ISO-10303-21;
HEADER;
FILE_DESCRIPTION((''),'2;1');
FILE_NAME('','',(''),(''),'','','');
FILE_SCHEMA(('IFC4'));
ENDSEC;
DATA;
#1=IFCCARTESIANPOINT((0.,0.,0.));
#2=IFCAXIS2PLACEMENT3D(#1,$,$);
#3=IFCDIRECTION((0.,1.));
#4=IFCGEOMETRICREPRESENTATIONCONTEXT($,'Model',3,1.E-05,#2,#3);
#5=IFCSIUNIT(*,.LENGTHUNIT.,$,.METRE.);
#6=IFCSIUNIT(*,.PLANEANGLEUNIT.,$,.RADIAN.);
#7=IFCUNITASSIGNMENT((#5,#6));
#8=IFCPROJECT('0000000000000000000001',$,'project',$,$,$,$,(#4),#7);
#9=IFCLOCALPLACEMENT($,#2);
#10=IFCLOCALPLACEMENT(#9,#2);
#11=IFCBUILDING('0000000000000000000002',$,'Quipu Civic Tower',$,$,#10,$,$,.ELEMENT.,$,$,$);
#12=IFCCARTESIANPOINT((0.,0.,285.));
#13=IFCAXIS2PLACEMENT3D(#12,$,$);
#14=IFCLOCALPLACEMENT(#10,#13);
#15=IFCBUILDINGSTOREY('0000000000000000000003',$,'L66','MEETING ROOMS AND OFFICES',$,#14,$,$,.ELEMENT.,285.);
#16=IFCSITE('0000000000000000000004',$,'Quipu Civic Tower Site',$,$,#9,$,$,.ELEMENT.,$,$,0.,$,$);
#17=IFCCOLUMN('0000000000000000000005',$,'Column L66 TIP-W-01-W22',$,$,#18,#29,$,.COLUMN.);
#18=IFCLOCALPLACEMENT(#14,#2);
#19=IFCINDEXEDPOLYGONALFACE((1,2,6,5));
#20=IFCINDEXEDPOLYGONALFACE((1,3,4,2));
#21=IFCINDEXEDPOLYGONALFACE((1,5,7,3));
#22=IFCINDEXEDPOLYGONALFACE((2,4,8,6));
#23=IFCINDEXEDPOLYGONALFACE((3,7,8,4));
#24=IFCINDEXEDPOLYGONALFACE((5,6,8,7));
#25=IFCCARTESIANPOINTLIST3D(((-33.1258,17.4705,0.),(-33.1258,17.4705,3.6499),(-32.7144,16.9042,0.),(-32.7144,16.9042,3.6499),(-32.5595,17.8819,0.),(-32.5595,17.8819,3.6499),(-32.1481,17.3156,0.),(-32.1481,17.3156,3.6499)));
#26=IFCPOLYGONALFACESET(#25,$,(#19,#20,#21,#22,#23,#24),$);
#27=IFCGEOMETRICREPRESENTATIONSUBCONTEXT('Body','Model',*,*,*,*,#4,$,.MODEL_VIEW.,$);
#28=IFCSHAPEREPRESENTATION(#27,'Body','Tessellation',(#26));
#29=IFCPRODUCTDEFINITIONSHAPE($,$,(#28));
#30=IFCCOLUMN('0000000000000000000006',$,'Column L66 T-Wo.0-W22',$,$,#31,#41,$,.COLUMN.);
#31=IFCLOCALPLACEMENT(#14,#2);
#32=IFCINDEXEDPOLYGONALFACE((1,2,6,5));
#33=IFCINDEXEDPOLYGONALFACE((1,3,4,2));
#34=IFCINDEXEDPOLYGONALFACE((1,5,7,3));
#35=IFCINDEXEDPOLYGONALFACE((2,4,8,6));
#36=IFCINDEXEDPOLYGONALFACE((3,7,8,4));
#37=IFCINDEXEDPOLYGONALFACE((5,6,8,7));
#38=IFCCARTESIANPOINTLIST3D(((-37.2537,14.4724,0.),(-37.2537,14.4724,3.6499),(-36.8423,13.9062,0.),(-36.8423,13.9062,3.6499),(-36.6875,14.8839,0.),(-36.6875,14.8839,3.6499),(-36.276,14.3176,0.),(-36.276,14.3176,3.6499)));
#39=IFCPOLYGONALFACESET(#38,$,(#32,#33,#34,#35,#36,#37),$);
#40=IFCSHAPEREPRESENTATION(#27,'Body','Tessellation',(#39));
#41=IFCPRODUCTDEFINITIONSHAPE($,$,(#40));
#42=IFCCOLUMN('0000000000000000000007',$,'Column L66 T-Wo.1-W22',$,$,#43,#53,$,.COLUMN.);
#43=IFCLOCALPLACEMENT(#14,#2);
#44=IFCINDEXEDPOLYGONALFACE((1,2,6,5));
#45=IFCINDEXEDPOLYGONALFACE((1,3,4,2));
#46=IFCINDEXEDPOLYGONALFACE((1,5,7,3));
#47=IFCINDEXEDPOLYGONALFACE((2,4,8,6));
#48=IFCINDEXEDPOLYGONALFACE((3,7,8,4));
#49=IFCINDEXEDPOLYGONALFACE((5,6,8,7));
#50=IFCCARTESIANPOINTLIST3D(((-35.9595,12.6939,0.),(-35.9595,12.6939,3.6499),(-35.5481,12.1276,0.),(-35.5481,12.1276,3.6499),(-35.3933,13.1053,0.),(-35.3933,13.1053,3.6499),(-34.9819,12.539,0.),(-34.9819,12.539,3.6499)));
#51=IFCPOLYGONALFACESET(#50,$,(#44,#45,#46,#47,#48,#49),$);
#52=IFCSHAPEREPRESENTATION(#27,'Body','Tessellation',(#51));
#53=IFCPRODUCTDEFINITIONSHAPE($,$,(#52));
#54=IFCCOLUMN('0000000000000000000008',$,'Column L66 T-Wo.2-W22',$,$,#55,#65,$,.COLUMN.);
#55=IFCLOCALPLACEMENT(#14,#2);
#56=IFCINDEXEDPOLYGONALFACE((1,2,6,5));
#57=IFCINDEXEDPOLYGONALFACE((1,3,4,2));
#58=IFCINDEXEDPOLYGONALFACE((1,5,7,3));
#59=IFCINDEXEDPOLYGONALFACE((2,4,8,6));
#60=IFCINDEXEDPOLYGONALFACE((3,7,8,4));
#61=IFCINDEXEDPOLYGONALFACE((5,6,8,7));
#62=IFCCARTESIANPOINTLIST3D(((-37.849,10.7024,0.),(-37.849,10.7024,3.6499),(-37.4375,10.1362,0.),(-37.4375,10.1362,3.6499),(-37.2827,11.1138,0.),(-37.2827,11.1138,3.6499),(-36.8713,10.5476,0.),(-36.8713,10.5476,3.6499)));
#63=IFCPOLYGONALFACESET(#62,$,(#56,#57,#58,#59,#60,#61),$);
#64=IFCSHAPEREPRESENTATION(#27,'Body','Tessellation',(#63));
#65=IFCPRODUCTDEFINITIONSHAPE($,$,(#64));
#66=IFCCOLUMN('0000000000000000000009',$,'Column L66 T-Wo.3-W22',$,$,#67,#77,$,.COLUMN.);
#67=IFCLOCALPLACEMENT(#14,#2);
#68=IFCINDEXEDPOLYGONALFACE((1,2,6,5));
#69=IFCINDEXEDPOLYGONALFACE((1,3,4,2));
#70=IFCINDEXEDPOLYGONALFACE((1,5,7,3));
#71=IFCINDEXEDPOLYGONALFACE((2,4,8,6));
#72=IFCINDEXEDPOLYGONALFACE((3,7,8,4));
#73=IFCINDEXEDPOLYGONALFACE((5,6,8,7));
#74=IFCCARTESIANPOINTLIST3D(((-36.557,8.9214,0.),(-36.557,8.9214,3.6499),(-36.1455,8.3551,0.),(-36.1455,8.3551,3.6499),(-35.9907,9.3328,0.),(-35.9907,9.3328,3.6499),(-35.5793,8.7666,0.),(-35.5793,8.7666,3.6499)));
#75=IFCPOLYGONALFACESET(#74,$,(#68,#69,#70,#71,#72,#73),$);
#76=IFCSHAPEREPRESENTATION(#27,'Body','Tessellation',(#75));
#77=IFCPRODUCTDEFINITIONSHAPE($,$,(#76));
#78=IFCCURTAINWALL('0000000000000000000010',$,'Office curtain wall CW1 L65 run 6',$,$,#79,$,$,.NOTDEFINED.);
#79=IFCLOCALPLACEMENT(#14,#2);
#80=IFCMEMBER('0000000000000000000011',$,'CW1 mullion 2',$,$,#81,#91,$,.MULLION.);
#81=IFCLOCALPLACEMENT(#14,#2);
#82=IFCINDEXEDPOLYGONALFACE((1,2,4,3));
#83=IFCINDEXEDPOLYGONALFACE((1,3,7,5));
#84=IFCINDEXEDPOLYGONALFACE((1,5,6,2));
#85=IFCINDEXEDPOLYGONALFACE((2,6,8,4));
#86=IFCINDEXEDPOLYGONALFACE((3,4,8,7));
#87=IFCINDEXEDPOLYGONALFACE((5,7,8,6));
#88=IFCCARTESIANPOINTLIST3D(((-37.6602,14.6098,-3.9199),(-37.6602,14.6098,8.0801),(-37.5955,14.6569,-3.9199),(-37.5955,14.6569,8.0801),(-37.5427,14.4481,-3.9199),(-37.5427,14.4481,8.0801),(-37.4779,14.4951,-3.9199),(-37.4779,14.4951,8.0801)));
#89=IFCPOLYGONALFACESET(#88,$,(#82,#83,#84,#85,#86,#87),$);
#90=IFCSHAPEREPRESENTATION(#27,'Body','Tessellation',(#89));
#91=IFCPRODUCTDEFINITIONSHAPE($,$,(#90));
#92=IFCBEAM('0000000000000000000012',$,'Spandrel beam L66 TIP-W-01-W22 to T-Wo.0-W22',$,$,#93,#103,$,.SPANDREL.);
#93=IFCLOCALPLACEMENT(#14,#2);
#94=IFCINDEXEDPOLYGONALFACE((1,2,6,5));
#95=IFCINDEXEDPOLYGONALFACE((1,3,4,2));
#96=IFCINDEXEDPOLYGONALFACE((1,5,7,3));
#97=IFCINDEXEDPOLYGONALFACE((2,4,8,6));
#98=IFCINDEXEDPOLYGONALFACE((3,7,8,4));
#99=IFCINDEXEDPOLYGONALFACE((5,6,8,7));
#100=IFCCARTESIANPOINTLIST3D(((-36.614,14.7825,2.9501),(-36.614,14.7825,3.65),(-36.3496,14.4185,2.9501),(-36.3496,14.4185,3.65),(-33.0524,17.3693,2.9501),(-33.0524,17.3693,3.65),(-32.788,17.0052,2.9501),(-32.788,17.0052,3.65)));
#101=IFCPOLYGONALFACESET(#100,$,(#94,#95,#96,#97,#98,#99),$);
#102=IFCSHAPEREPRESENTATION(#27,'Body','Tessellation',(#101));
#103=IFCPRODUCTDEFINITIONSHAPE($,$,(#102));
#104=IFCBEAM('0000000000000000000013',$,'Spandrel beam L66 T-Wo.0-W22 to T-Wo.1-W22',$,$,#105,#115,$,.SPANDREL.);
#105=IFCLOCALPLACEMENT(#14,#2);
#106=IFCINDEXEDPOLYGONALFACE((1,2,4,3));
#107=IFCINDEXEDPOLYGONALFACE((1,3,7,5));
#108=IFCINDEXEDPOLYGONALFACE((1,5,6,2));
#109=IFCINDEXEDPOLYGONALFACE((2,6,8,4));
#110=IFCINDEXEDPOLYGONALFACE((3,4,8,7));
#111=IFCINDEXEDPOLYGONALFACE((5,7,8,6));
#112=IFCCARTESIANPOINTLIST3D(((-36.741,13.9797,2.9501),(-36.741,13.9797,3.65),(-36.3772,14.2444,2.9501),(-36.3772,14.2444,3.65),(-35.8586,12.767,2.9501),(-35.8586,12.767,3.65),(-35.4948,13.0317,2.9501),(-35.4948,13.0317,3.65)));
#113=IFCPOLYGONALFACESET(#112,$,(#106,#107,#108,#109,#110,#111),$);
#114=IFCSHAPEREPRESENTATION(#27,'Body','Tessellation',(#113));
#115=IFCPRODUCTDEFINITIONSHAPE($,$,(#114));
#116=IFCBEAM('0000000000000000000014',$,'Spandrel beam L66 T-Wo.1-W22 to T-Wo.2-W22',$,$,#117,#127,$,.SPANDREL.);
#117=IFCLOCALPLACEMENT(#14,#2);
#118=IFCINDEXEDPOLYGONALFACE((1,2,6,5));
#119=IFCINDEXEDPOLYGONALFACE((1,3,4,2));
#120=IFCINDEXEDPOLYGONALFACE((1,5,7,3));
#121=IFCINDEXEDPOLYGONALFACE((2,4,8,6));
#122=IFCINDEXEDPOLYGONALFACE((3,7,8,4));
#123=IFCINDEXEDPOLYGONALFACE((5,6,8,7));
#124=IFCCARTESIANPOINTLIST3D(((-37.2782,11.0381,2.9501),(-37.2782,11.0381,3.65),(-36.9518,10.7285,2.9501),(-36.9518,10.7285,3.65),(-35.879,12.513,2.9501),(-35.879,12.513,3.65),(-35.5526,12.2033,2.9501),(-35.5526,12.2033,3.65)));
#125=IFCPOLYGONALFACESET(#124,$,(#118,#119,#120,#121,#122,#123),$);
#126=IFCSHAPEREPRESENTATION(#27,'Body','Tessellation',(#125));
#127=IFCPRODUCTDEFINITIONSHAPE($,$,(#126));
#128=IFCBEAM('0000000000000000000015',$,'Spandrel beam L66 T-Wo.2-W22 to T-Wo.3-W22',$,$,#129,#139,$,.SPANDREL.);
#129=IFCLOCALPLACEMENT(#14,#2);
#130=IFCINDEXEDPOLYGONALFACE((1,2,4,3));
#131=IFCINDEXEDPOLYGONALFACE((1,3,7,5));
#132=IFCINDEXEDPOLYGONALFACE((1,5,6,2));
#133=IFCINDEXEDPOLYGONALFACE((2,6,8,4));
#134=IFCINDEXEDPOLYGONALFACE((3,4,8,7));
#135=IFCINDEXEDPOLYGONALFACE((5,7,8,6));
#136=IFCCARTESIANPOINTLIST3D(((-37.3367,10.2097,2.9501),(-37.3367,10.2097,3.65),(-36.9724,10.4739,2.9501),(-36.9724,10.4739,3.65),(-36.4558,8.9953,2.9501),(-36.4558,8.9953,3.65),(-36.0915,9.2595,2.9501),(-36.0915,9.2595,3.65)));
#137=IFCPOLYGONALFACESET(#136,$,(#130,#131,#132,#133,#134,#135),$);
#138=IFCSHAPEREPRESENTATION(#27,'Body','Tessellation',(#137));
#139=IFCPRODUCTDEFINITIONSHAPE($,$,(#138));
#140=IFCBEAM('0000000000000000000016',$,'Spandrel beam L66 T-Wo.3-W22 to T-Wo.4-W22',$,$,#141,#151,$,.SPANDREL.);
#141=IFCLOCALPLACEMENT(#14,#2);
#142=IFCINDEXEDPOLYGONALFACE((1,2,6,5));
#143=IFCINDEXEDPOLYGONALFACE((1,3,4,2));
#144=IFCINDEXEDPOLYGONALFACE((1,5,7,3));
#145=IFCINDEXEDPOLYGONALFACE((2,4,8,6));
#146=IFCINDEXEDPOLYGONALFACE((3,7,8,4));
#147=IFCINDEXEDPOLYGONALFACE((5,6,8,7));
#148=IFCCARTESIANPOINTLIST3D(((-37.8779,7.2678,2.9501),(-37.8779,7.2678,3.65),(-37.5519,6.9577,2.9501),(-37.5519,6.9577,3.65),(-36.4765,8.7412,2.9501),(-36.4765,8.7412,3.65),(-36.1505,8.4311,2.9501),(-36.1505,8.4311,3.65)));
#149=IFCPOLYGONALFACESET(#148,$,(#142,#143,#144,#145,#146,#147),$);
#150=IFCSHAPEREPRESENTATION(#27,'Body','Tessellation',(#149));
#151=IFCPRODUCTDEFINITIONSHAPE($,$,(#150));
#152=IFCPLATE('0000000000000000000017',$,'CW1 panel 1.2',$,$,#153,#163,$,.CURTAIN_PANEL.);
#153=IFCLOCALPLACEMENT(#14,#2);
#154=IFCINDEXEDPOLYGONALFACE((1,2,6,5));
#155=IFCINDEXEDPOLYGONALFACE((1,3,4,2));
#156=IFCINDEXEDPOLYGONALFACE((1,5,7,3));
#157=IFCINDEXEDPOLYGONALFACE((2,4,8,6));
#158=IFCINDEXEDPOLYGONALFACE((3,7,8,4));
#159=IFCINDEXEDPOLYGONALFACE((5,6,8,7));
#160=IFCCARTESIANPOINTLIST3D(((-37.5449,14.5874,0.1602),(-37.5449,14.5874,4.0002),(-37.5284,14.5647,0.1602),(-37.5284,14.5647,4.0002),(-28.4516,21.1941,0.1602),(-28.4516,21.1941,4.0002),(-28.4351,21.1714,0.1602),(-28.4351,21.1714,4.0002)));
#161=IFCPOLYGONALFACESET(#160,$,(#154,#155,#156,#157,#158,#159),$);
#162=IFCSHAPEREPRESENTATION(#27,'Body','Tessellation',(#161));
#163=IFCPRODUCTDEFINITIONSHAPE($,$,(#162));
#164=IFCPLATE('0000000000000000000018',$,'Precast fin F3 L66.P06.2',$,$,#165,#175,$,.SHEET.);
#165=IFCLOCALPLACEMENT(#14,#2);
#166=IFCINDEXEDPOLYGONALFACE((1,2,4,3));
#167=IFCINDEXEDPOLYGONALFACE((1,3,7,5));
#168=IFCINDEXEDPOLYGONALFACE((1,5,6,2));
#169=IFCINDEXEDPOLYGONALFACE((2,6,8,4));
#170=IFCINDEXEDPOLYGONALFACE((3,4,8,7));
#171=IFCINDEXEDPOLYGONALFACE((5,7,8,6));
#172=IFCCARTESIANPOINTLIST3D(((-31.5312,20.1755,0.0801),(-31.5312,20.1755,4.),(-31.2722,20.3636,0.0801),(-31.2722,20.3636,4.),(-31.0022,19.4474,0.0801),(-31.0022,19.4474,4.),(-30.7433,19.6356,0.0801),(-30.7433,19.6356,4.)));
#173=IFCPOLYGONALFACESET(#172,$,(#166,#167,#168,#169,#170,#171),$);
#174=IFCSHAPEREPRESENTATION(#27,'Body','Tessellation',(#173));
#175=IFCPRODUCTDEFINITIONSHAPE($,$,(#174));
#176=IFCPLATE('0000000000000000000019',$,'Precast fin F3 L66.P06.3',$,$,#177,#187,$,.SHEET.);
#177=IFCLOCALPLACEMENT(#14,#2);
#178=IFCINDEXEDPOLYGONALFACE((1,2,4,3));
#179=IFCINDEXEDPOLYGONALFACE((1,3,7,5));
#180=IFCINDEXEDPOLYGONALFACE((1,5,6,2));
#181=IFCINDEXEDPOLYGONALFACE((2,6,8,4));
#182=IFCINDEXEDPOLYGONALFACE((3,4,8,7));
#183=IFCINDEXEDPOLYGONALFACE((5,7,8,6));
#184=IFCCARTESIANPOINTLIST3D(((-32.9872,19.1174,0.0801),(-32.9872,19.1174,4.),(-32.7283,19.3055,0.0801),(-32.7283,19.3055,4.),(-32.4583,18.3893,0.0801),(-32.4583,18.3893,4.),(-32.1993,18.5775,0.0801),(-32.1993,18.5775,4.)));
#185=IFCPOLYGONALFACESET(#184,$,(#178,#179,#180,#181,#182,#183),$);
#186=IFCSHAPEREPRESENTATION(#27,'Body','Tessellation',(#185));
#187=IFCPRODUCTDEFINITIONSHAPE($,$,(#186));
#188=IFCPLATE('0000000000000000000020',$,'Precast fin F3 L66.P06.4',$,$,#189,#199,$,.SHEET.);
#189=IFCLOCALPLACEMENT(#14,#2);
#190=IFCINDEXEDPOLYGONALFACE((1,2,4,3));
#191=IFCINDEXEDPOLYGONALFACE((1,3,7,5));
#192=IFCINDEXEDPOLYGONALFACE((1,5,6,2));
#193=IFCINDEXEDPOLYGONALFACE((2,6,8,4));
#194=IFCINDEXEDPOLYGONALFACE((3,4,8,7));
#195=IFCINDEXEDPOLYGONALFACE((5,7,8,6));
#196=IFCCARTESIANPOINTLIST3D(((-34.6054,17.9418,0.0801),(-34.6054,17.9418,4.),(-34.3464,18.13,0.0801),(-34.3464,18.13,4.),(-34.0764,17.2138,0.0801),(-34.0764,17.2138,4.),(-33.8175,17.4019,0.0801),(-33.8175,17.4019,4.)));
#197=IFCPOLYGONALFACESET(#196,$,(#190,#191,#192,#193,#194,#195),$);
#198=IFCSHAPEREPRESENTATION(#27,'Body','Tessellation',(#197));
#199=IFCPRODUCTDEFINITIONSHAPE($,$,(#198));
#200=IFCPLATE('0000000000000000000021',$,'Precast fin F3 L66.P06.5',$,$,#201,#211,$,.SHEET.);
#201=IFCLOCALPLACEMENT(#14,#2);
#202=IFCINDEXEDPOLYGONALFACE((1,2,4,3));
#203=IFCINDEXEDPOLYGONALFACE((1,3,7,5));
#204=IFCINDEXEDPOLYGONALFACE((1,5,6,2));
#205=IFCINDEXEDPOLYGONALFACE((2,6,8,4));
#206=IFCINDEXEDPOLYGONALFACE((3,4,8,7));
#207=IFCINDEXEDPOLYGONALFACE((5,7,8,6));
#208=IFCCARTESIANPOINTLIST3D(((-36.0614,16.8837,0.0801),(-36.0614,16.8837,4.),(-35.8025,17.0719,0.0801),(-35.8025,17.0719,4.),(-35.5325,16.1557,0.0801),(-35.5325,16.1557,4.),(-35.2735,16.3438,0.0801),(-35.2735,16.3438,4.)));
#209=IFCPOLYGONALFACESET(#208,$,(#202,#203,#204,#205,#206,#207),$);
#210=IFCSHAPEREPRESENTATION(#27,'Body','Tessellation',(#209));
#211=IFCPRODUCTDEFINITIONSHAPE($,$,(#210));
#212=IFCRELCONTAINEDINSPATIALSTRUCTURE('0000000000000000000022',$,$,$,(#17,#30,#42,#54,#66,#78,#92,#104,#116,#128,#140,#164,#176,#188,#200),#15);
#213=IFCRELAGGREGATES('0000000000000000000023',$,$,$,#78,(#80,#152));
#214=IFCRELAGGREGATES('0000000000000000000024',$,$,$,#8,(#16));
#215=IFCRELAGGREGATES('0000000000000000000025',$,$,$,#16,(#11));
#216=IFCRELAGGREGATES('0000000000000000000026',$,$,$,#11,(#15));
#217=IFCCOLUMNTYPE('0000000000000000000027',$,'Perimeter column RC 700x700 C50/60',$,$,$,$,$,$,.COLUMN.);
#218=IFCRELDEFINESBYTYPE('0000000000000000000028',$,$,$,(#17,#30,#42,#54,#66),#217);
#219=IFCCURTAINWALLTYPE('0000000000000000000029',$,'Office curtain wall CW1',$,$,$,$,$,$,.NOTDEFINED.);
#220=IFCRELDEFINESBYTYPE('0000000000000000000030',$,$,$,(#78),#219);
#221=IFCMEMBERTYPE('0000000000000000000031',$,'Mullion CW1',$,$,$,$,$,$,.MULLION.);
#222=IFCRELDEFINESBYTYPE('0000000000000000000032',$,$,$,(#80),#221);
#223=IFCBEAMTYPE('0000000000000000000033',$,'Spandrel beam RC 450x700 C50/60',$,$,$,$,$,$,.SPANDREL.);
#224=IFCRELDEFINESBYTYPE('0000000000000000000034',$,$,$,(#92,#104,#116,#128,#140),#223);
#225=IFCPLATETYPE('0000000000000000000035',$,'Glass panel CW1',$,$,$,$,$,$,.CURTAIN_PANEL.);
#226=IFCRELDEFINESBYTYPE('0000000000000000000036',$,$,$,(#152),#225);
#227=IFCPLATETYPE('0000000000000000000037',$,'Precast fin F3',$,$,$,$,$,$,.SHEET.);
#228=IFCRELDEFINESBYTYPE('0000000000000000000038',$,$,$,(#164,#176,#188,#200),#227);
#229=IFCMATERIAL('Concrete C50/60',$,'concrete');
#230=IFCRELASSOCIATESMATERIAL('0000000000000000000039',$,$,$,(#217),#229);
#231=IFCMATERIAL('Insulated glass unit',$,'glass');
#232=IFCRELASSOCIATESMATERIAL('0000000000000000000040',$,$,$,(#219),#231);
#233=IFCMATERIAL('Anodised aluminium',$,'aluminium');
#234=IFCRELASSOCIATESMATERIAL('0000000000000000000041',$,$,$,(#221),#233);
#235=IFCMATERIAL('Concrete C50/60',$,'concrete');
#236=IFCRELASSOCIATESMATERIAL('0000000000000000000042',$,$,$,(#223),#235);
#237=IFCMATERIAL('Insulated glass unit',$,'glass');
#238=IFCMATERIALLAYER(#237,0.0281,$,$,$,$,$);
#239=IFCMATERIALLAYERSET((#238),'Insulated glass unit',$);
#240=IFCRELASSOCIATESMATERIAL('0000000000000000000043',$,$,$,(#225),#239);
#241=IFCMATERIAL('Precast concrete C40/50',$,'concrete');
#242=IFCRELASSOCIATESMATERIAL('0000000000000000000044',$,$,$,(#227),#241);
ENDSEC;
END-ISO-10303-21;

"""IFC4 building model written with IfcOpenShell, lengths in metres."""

from ifc_helpers import new_model, si_unit, direction, frame, origin, origin_2d, place, context, subcontext, project, spatial, rectangle, extrude, material, layer, layer_set, material_profile, profile_set, type_object, element, aggregate, save


model = new_model("IFC4")

# Units and contexts
model_context = context("Model", 3, precision=1e-05, world=origin(), true_north=direction((0.0, 1.0)))
body_context = subcontext(model_context, "Body", "Model", "MODEL_VIEW")
ifc_project = project(units=[si_unit("LENGTHUNIT", "METRE"), si_unit("PLANEANGLEUNIT", "RADIAN")], contexts=[model_context])

# Site, building, storey
site_placement = place(None, origin())
site = spatial("IfcSite", under=ifc_project, at=site_placement, Name="Quipu Civic Tower Site", CompositionType="ELEMENT", RefElevation=0.0)
building_placement = place(site_placement, origin())
building = spatial("IfcBuilding", under=site, at=building_placement, Name="Quipu Civic Tower", CompositionType="ELEMENT")
storey_placement = place(building_placement, frame((0.0, 0.0, 285.0)))
storey = spatial("IfcBuildingStorey", under=building, at=storey_placement, Name="L66", Description="MEETING ROOMS AND OFFICES", CompositionType="ELEMENT", Elevation=285.0)

# Columns
ifc_material_1 = material(Name="Concrete C50/60", Category="concrete")
ifc_material_profile_1 = material_profile(ifc_material_1, rectangle(XDim=0.7, YDim=0.7, at=origin_2d()), Name="RC700x700")
ifc_profile_set_1 = profile_set([ifc_material_profile_1], Name="Concrete C50/60")
column_type = type_object("IfcColumnType", Name="Perimeter column RC 700x700 C50/60", PredefinedType="COLUMN", material=ifc_profile_set_1)
for number, where, z_axis, x_axis, name in (
    (1, (-32.637, 17.3931, 0.0), (0.0, 0.0, 1.0), (-0.809017, -0.587785, 0.0), "Column L66 TIP-W-01-W22"),
    (2, (-36.7649, 14.395, 0.0), (0.0, 0.0, 1.0), (0.587785, -0.809017, 0.0), "Column L66 T-Wo.0-W22"),
    (3, (-35.4707, 12.6165, 0.0), (0.0, 0.0, 1.0), (-0.809017, -0.587785, 0.0), "Column L66 T-Wo.1-W22"),
    (4, (-37.3601, 10.625, 0.0), (0.0, 0.0, 1.0), (0.587785, -0.809017, 0.0), "Column L66 T-Wo.2-W22"),
    (5, (-36.0681, 8.844, 0.0), (0.0, 0.0, 1.0), (0.587785, -0.809017, 0.0), "Column L66 T-Wo.3-W22"),
):
    element("IfcColumn", number, at=place(storey_placement, frame(where, z_axis=z_axis, x_axis=x_axis)), inside=storey, type_object=column_type, Name=name, PredefinedType="COLUMN", context=body_context, shape_type="SweptSolid", body=[
        extrude(rectangle(XDim=0.7, YDim=0.7, at=origin_2d()), origin(), (0.0, 0.0, 1.0), 3.6499),
    ])

# Curtain wall, member
ifc_material_2 = material(Name="Insulated glass unit", Category="glass")
curtain_wall_type = type_object("IfcCurtainWallType", Name="Office curtain wall CW1", PredefinedType="NOTDEFINED", material=ifc_material_2)
curtain_wall_placement = place(storey_placement, origin())
curtain_wall = element("IfcCurtainWall", 6, at=curtain_wall_placement, inside=storey, type_object=curtain_wall_type, Name="Office curtain wall CW1 L65 run 6", PredefinedType="NOTDEFINED")
ifc_material_3 = material(Name="Anodised aluminium", Category="aluminium")
ifc_material_profile_2 = material_profile(ifc_material_3, rectangle(XDim=0.2, YDim=0.0801, at=origin_2d()), Name="RECT 200x80")
ifc_profile_set_2 = profile_set([ifc_material_profile_2], Name="Anodised aluminium")
member_type = type_object("IfcMemberType", Name="Mullion CW1", PredefinedType="MULLION", material=ifc_profile_set_2)
member_placement = place(storey_placement, frame((-37.5691, 14.5525, -3.9199), z_axis=(0.0, 0.0, 1.0), x_axis=(0.587788, -0.809015, 0.0)))
member = element("IfcMember", 7, at=member_placement, type_object=member_type, Name="CW1 mullion 2", PredefinedType="MULLION", context=body_context, shape_type="SweptSolid", body=[
    extrude(rectangle(XDim=0.2, YDim=0.0801, at=origin_2d()), origin(), (0.0, 0.0, 1.0), 12.0),
])

# Beams
ifc_material_4 = material(Name="Concrete C50/60", Category="concrete")
ifc_material_profile_3 = material_profile(ifc_material_4, rectangle(XDim=0.45, YDim=0.7, at=origin_2d()), Name="RC450x700")
ifc_profile_set_3 = profile_set([ifc_material_profile_3], Name="Concrete C50/60")
beam_type = type_object("IfcBeamType", Name="Spandrel beam RC 450x700 C50/60", PredefinedType="SPANDREL", material=ifc_profile_set_3)
beam_1_placement = place(storey_placement, frame((-32.9202, 17.1873, 3.3), z_axis=(-0.809117, -0.587647, 0.0), x_axis=(0.587647, -0.809117, 0.0)))
element("IfcBeam", 8, at=beam_1_placement, inside=storey, type_object=beam_type, Name="Spandrel beam L66 TIP-W-01-W22 to T-Wo.0-W22", PredefinedType="SPANDREL", context=body_context, shape_type="SweptSolid", body=[
    extrude(rectangle(XDim=0.45, YDim=0.7, at=origin_2d()), origin(), (0.0, 0.0, 1.0), 4.4019),
])
beam_2_placement = place(storey_placement, frame((-36.5591, 14.1121, 3.3), z_axis=(0.588346, -0.808609, 0.0), x_axis=(0.808609, 0.588346, 0.0)))
element("IfcBeam", 9, at=beam_2_placement, inside=storey, type_object=beam_type, Name="Spandrel beam L66 T-Wo.0-W22 to T-Wo.1-W22", PredefinedType="SPANDREL", context=body_context, shape_type="SweptSolid", body=[
    extrude(rectangle(XDim=0.45, YDim=0.7, at=origin_2d()), origin(), (0.0, 0.0, 1.0), 1.4998),
])
beam_3_placement = place(storey_placement, frame((-35.7158, 12.3582, 3.3), z_axis=(-0.688247, -0.725476, 0.0), x_axis=(0.725476, -0.688247, 0.0)))
element("IfcBeam", 10, at=beam_3_placement, inside=storey, type_object=beam_type, Name="Spandrel beam L66 T-Wo.1-W22 to T-Wo.2-W22", PredefinedType="SPANDREL", context=body_context, shape_type="SweptSolid", body=[
    extrude(rectangle(XDim=0.45, YDim=0.7, at=origin_2d()), origin(), (0.0, 0.0, 1.0), 2.033),
])
beam_4_placement = place(storey_placement, frame((-37.1545, 10.3418, 3.3), z_axis=(0.587165, -0.809467, 0.0), x_axis=(0.809467, 0.587165, 0.0)))
element("IfcBeam", 11, at=beam_4_placement, inside=storey, type_object=beam_type, Name="Spandrel beam L66 T-Wo.2-W22 to T-Wo.3-W22", PredefinedType="SPANDREL", context=body_context, shape_type="SweptSolid", body=[
    extrude(rectangle(XDim=0.45, YDim=0.7, at=origin_2d()), origin(), (0.0, 0.0, 1.0), 1.5002),
])
beam_5_placement = place(storey_placement, frame((-36.3135, 8.5862, 3.3), z_axis=(-0.689175, -0.724595, 0.0), x_axis=(0.724595, -0.689175, 0.0)))
element("IfcBeam", 12, at=beam_5_placement, inside=storey, type_object=beam_type, Name="Spandrel beam L66 T-Wo.3-W22 to T-Wo.4-W22", PredefinedType="SPANDREL", context=body_context, shape_type="SweptSolid", body=[
    extrude(rectangle(XDim=0.45, YDim=0.7, at=origin_2d()), origin(), (0.0, 0.0, 1.0), 2.0334),
])

# Plate
ifc_material_5 = material(Name="Insulated glass unit", Category="glass")
ifc_layer = layer(ifc_material_5, 0.0281)
ifc_layer_set = layer_set([ifc_layer], Name="Insulated glass unit")
plate_type_1 = type_object("IfcPlateType", Name="Glass panel CW1", PredefinedType="CURTAIN_PANEL", material=ifc_layer_set)
plate_placement = place(storey_placement, frame((-32.99, 17.8794, 0.1602), z_axis=(0.0, 0.0, 1.0), x_axis=(-0.809015, -0.587788, 0.0)))
plate = element("IfcPlate", 13, at=plate_placement, type_object=plate_type_1, Name="CW1 panel 1.2", PredefinedType="CURTAIN_PANEL", context=body_context, shape_type="SweptSolid", body=[
    extrude(rectangle(XDim=11.24, YDim=0.0281, at=origin_2d()), origin(), (0.0, 0.0, 1.0), 3.8401),
])
aggregate(curtain_wall, [member, plate])

# Plates
ifc_material_6 = material(Name="Precast concrete C40/50", Category="concrete")
plate_type_2 = type_object("IfcPlateType", Name="Precast fin F3", PredefinedType="SHEET", material=ifc_material_6)
for number, where, z_axis, x_axis, name in (
    (14, (-31.1372, 19.9055, 0.0801), (0.0, 0.0, 1.0), (-0.809017, -0.587785, 0.0), "Precast fin F3 L66.P06.2"),
    (15, (-32.5933, 18.8474, 0.0801), (0.0, 0.0, 1.0), (-0.809017, -0.587785, 0.0), "Precast fin F3 L66.P06.3"),
    (16, (-34.2114, 17.6719, 0.0801), (0.0, 0.0, 1.0), (-0.809017, -0.587785, 0.0), "Precast fin F3 L66.P06.4"),
    (17, (-35.6675, 16.6138, 0.0801), (0.0, 0.0, 1.0), (-0.809017, -0.587785, 0.0), "Precast fin F3 L66.P06.5"),
):
    element("IfcPlate", number, at=place(storey_placement, frame(where, z_axis=z_axis, x_axis=x_axis)), inside=storey, type_object=plate_type_2, Name=name, PredefinedType="SHEET", context=body_context, shape_type="SweptSolid", body=[
        extrude(rectangle(XDim=0.3201, YDim=0.8999, at=origin_2d()), origin(), (0.0, 0.0, 1.0), 3.9199),
    ])

save(model, "model.ifc")
